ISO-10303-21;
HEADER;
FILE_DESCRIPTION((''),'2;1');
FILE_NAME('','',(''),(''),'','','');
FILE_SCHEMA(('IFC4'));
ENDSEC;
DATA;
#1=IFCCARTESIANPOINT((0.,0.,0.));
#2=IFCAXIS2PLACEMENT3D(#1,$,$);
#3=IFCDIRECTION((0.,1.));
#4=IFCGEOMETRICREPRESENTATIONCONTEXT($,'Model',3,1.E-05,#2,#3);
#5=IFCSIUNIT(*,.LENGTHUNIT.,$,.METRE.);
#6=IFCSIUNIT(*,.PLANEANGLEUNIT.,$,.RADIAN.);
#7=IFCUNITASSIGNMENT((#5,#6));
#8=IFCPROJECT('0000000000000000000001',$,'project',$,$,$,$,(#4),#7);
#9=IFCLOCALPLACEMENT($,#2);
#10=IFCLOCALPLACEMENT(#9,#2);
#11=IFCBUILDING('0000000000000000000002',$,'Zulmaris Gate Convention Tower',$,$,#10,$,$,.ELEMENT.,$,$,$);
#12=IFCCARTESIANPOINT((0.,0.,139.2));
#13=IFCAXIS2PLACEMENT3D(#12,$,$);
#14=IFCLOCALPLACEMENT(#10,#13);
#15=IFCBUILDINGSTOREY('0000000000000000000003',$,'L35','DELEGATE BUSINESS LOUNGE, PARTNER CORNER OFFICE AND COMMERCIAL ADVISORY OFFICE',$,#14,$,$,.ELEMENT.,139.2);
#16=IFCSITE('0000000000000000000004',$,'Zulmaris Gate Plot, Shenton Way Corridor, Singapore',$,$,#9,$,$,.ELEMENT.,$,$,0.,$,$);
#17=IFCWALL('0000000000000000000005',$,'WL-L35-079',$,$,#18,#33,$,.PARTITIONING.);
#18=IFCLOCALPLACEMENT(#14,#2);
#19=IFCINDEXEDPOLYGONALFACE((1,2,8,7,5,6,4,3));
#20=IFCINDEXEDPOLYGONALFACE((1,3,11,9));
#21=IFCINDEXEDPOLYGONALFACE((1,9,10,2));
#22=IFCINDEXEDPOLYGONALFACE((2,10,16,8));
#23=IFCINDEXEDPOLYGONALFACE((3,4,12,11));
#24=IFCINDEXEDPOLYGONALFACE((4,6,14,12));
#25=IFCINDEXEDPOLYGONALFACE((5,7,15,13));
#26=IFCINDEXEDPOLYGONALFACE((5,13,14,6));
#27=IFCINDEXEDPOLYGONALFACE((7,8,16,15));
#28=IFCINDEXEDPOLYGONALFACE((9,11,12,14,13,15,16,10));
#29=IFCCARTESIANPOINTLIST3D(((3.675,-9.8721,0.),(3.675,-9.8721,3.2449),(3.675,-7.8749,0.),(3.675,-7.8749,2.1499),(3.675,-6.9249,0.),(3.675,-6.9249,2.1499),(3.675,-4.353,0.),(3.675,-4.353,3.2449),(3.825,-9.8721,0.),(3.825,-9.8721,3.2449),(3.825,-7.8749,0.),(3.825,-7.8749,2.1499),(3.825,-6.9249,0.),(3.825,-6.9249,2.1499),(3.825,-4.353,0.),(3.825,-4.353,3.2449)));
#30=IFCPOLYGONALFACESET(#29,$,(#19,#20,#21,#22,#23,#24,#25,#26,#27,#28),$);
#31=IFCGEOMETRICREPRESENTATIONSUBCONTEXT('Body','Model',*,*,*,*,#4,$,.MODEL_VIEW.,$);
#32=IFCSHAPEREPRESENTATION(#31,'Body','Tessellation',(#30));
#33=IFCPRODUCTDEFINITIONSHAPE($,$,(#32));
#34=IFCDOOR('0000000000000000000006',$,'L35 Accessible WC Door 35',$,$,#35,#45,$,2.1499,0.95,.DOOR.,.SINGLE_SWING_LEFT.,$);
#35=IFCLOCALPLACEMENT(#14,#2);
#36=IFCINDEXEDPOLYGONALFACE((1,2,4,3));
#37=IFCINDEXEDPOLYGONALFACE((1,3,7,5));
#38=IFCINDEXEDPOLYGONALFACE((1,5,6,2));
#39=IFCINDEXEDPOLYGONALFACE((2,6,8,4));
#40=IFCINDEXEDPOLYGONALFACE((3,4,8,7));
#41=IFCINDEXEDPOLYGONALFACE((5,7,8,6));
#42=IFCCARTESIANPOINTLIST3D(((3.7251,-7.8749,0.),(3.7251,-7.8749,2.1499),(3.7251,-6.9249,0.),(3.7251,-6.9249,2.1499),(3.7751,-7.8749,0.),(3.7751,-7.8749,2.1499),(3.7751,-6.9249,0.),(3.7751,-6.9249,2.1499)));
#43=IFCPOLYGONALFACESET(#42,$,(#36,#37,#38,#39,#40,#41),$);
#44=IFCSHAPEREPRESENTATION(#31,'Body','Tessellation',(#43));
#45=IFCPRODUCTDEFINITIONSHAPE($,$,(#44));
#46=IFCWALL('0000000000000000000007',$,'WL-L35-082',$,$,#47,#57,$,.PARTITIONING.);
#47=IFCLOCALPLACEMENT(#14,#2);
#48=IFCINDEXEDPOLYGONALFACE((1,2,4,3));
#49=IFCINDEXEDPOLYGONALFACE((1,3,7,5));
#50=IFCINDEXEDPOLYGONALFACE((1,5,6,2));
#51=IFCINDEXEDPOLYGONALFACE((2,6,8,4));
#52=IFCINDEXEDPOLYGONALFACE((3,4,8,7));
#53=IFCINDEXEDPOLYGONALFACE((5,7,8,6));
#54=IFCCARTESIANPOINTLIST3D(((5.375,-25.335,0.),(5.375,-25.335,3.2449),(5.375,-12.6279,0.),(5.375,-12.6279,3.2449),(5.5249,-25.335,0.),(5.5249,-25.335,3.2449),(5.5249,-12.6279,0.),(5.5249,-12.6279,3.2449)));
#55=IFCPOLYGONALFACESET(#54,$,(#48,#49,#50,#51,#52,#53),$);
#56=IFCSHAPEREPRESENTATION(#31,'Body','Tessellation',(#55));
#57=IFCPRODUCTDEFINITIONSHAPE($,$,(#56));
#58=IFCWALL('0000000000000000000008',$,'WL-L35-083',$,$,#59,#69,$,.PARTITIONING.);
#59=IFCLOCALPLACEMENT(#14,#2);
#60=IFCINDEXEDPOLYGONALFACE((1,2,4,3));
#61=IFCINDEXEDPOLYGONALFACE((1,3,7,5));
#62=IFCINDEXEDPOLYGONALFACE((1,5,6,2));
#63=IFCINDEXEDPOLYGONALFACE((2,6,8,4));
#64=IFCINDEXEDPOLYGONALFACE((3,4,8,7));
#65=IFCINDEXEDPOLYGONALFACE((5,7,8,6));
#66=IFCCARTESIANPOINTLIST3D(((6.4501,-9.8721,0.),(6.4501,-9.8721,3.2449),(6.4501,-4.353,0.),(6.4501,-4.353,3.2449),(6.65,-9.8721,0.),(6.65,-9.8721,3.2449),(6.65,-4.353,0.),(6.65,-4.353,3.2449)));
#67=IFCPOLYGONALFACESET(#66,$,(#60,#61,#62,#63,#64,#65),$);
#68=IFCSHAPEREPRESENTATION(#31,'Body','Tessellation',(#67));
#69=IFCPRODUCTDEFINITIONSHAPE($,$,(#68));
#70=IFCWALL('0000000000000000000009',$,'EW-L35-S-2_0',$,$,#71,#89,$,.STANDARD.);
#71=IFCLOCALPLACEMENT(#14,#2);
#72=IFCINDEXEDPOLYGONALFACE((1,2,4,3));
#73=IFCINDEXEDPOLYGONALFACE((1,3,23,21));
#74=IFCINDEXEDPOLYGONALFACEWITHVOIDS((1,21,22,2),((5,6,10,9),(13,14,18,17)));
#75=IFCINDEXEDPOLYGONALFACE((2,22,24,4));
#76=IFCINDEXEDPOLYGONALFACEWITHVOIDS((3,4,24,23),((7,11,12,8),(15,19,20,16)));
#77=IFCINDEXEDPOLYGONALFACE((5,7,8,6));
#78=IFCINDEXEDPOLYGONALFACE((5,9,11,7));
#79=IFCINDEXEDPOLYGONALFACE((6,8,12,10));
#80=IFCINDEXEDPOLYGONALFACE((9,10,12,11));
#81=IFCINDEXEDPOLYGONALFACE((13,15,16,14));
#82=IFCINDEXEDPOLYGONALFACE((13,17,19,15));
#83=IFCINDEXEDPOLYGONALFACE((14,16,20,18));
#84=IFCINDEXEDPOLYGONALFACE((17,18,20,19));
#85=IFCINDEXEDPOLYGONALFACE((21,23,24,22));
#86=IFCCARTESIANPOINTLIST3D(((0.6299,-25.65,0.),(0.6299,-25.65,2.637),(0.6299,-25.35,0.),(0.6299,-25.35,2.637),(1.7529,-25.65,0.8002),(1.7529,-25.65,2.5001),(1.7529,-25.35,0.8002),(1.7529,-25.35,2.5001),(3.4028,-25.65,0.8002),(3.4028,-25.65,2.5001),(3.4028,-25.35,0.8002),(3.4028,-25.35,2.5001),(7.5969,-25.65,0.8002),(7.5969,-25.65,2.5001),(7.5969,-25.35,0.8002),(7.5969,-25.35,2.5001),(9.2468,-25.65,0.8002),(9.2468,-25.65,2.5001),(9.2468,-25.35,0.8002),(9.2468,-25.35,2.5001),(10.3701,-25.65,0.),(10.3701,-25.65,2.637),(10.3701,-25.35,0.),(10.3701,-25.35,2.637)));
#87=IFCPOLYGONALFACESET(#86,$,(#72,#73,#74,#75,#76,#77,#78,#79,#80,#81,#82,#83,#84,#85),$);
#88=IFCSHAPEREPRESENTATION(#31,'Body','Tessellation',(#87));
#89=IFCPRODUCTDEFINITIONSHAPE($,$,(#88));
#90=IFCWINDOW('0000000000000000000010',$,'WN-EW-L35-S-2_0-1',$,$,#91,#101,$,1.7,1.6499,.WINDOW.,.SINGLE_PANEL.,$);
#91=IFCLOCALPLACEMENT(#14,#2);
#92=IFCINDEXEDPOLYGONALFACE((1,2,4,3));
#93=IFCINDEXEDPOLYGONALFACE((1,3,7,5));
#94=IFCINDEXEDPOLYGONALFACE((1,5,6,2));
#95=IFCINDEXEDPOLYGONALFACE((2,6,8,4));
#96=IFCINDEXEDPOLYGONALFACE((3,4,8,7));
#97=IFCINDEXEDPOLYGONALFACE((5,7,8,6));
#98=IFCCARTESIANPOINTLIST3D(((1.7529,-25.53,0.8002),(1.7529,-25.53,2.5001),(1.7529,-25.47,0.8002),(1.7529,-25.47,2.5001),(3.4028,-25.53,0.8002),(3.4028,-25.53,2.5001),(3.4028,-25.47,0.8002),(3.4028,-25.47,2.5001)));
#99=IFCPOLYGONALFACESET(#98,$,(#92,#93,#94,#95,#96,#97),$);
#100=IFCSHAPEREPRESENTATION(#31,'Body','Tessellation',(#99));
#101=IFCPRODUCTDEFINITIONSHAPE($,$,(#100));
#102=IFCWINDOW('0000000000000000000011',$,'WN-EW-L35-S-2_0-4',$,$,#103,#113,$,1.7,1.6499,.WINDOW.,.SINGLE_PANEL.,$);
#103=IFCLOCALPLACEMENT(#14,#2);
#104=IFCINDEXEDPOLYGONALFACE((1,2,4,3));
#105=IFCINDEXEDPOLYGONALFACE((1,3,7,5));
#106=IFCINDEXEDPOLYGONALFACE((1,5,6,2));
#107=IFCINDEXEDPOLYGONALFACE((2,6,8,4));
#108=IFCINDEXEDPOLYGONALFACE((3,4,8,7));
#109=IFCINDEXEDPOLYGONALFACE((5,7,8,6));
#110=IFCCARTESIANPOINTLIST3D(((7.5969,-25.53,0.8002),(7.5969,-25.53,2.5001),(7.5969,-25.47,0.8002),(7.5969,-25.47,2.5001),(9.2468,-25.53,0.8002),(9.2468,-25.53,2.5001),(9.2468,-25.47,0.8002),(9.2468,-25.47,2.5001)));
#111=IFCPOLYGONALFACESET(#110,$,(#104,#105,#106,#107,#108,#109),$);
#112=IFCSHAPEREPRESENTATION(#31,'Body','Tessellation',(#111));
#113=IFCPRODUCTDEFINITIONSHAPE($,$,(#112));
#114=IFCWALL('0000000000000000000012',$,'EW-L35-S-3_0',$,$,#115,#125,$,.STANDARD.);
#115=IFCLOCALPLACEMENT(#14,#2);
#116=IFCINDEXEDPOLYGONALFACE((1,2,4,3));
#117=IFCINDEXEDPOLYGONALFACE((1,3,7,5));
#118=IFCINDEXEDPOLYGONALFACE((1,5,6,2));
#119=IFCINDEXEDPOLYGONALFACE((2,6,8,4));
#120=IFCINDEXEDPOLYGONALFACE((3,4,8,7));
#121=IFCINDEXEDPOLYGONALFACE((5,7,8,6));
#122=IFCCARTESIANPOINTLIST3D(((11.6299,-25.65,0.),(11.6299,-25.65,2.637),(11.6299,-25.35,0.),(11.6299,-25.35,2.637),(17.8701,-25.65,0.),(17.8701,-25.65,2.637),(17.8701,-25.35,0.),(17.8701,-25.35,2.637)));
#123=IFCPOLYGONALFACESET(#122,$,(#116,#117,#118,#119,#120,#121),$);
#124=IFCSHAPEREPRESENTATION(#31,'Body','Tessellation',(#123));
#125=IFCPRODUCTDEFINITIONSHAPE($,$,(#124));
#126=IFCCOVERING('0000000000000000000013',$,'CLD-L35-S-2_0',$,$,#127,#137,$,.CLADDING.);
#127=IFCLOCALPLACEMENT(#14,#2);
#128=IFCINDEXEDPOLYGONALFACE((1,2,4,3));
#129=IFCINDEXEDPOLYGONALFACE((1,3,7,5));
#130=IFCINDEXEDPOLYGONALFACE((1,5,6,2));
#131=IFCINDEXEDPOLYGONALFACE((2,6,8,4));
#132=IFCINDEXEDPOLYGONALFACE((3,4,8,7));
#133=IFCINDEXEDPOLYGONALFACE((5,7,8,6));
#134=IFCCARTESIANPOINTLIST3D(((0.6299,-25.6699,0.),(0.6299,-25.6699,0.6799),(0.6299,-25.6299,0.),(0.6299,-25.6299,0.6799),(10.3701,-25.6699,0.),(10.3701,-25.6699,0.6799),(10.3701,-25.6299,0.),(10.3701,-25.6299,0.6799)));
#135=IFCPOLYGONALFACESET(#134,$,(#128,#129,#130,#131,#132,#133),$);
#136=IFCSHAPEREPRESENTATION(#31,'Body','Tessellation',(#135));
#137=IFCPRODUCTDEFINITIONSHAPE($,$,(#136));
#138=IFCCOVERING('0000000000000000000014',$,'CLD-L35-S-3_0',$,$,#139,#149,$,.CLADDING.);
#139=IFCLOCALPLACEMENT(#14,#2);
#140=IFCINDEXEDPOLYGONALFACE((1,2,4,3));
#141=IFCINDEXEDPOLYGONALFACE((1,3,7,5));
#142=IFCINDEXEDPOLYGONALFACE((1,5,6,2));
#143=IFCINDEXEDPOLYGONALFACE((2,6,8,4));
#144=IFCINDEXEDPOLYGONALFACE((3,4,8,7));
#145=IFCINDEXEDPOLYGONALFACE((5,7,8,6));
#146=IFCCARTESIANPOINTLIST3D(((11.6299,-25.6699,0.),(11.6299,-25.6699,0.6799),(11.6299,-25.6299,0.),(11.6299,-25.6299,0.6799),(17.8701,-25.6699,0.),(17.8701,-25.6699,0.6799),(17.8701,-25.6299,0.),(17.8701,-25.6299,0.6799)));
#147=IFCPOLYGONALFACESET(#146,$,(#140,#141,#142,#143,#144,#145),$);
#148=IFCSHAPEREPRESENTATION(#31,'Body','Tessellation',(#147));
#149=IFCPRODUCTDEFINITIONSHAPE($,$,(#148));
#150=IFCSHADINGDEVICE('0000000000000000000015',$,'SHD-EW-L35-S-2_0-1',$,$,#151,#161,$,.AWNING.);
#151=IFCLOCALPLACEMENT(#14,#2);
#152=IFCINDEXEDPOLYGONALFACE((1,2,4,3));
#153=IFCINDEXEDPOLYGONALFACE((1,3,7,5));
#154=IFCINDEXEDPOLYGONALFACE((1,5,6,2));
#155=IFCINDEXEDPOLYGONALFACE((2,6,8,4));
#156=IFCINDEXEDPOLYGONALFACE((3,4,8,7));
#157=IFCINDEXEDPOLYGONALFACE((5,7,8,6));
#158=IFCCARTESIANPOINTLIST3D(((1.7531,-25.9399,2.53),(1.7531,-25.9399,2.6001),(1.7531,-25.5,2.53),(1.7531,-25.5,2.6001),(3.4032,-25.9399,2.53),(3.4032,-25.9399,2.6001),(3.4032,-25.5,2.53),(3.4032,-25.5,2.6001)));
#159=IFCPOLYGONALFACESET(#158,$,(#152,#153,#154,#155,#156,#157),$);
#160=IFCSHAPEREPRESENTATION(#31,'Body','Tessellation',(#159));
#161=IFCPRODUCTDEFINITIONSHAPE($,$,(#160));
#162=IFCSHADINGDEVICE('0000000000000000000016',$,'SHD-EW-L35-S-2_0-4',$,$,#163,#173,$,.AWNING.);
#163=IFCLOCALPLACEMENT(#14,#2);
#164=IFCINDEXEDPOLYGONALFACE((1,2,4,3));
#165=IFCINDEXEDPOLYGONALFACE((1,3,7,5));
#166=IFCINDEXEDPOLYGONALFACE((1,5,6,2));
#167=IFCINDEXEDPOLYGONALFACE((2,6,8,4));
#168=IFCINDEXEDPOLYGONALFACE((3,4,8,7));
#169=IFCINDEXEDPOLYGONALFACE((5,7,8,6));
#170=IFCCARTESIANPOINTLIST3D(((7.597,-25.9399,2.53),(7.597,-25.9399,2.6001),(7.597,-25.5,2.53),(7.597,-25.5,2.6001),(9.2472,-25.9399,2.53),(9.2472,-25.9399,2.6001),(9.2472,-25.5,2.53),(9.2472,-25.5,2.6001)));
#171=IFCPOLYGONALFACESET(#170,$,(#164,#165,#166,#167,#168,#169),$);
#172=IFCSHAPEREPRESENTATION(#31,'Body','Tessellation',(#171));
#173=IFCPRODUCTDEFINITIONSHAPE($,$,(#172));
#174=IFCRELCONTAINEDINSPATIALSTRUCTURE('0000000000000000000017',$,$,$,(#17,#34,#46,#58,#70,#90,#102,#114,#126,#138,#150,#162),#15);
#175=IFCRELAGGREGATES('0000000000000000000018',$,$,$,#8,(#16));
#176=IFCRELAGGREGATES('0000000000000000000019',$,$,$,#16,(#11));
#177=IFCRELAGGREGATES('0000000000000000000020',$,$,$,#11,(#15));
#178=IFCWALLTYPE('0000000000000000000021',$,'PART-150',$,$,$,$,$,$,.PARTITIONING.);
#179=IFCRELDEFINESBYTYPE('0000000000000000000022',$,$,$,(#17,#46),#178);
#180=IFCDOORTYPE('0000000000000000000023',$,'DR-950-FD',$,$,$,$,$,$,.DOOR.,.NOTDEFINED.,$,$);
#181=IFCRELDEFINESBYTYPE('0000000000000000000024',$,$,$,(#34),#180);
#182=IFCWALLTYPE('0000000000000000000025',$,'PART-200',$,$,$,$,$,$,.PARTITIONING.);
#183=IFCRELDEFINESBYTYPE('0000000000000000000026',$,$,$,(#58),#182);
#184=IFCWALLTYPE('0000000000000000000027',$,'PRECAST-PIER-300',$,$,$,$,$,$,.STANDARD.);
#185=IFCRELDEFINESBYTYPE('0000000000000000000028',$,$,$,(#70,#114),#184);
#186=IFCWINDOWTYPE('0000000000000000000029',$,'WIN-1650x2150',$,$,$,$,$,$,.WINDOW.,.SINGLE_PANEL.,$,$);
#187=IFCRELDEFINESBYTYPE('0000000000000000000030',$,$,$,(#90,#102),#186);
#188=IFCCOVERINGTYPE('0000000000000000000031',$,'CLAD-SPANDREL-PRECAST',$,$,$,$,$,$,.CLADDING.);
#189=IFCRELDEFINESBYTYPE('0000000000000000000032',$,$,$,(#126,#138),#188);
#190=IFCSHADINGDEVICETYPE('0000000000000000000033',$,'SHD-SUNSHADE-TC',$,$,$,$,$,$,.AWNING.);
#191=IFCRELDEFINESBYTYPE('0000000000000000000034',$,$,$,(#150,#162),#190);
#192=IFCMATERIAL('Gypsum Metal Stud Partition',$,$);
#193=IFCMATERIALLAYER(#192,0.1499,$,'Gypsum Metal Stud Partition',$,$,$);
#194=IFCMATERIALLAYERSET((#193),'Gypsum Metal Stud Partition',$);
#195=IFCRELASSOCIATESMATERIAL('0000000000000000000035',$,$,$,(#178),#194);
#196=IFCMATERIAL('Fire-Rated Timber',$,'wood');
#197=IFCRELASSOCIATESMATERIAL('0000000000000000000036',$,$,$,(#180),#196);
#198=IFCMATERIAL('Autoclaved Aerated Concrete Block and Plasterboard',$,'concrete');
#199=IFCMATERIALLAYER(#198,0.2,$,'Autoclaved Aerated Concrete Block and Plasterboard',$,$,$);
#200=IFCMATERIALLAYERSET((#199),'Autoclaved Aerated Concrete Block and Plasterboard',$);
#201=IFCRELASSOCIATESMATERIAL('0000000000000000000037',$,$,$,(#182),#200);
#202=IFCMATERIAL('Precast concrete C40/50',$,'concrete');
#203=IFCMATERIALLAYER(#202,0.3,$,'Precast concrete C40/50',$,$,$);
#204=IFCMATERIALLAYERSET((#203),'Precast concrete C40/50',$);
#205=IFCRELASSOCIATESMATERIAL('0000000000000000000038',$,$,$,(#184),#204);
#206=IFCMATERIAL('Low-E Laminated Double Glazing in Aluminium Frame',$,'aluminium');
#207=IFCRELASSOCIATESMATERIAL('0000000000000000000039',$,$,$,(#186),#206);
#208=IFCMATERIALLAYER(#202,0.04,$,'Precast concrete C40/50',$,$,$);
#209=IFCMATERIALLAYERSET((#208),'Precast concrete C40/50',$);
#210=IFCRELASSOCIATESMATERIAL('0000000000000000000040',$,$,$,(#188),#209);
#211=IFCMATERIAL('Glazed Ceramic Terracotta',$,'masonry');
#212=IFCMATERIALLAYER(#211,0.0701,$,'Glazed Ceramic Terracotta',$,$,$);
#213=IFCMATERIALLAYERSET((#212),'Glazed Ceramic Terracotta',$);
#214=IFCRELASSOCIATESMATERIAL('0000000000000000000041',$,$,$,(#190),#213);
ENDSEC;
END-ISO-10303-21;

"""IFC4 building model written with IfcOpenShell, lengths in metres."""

from ifc_helpers import new_model, si_unit, direction, frame, frame_2d, origin, place, context, subcontext, project, spatial, rectangle, extrude, material, layer, layer_set, type_object, element, fill, save


model = new_model("IFC4")

# Units and contexts
model_context = context("Model", 3, precision=1e-05, world=origin(), true_north=direction((0.0, 1.0)))
body_context = subcontext(model_context, "Body", "Model", "MODEL_VIEW")
ifc_project = project(units=[si_unit("LENGTHUNIT", "METRE"), si_unit("PLANEANGLEUNIT", "RADIAN")], contexts=[model_context])

# Site, building, storey
site_placement = place(None, origin())
site = spatial("IfcSite", under=ifc_project, at=site_placement, Name="Zulmaris Gate Plot, Shenton Way Corridor, Singapore", CompositionType="ELEMENT", RefElevation=0.0)
building_placement = place(site_placement, origin())
building = spatial("IfcBuilding", under=site, at=building_placement, Name="Zulmaris Gate Convention Tower", CompositionType="ELEMENT")
storey_placement = place(building_placement, frame((0.0, 0.0, 139.2)))
storey = spatial("IfcBuildingStorey", under=building, at=storey_placement, Name="L35", Description="DELEGATE BUSINESS LOUNGE, PARTNER CORNER OFFICE AND COMMERCIAL ADVISORY OFFICE", CompositionType="ELEMENT", Elevation=139.2)

# Shared definitions
ifc_material_1 = material(Name="Gypsum Metal Stud Partition")
ifc_layer_1 = layer(ifc_material_1, 0.1499, Name="Gypsum Metal Stud Partition")
ifc_layer_set_1 = layer_set([ifc_layer_1], Name="Gypsum Metal Stud Partition")
wall_type_1 = type_object("IfcWallType", Name="PART-150", PredefinedType="PARTITIONING", material=ifc_layer_set_1)

# Wall, opening, door
wall_1_placement = place(storey_placement, frame((3.75, -9.8721, 0.0), z_axis=(0.0, 0.0, 1.0), x_axis=(0.0, 1.0, 0.0)))
wall_1 = element("IfcWall", 1, at=wall_1_placement, inside=storey, type_object=wall_type_1, Name="WL-L35-079", PredefinedType="PARTITIONING", context=body_context, shape_type="SweptSolid", body=[
    extrude(rectangle(XDim=5.519, YDim=0.1499, at=frame_2d((2.7595, 0.0))), origin(), (0.0, 0.0, 1.0), 3.2449),
])
opening_1_placement = place(wall_1_placement, frame((1.9971, 0.0, 0.0)))
opening_1 = element("IfcOpeningElement", 2, at=opening_1_placement, cuts=wall_1, PredefinedType="OPENING", context=body_context, shape_type="SweptSolid", body=[
    extrude(rectangle(XDim=0.95, YDim=2.1499, at=frame_2d((0.4751, 1.075))), frame((0.0, 0.085, 0.0), z_axis=(0.0, -1.0, 0.0), x_axis=(1.0, 0.0, 0.0)), (0.0, 0.0, 1.0), 0.1699),
])
ifc_material_2 = material(Name="Fire-Rated Timber", Category="wood")
door_type_1 = type_object("IfcDoorType", Name="DR-950-FD", OperationType="NOTDEFINED", PredefinedType="DOOR", material=ifc_material_2)
door_1_placement = place(opening_1_placement, origin())
door_1 = element("IfcDoor", 3, at=door_1_placement, inside=storey, type_object=door_type_1, Name="L35 Accessible WC Door 35", OperationType="SINGLE_SWING_LEFT", OverallHeight=2.1499, OverallWidth=0.95, PredefinedType="DOOR", context=body_context, shape_type="SweptSolid", body=[
    extrude(rectangle(XDim=0.95, YDim=2.1499, at=frame_2d((0.4751, 1.075))), frame((0.0, 0.0249, 0.0), z_axis=(0.0, -1.0, 0.0), x_axis=(1.0, 0.0, 0.0)), (0.0, 0.0, 1.0), 0.05),
])
fill(opening_1, door_1)

# Walls
wall_2_placement = place(storey_placement, frame((5.45, -25.335, 0.0), z_axis=(0.0, 0.0, 1.0), x_axis=(0.0, 1.0, 0.0)))
element("IfcWall", 4, at=wall_2_placement, inside=storey, type_object=wall_type_1, Name="WL-L35-082", PredefinedType="PARTITIONING", context=body_context, shape_type="SweptSolid", body=[
    extrude(rectangle(XDim=12.707, YDim=0.1499, at=frame_2d((6.3535, 0.0))), origin(), (0.0, 0.0, 1.0), 3.2449),
])
ifc_material_3 = material(Name="Autoclaved Aerated Concrete Block and Plasterboard", Category="concrete")
ifc_layer_2 = layer(ifc_material_3, 0.2, Name="Autoclaved Aerated Concrete Block and Plasterboard")
ifc_layer_set_2 = layer_set([ifc_layer_2], Name="Autoclaved Aerated Concrete Block and Plasterboard")
wall_type_2 = type_object("IfcWallType", Name="PART-200", PredefinedType="PARTITIONING", material=ifc_layer_set_2)
wall_3_placement = place(storey_placement, frame((6.55, -9.8721, 0.0), z_axis=(0.0, 0.0, 1.0), x_axis=(0.0, 1.0, 0.0)))
element("IfcWall", 5, at=wall_3_placement, inside=storey, type_object=wall_type_2, Name="WL-L35-083", PredefinedType="PARTITIONING", context=body_context, shape_type="SweptSolid", body=[
    extrude(rectangle(XDim=5.519, YDim=0.2, at=frame_2d((2.7595, 0.0))), origin(), (0.0, 0.0, 1.0), 3.2449),
])

# Wall, openings, windows
ifc_material_4 = material(Name="Precast concrete C40/50", Category="concrete")
ifc_layer_3 = layer(ifc_material_4, 0.3, Name="Precast concrete C40/50")
ifc_layer_set_3 = layer_set([ifc_layer_3], Name="Precast concrete C40/50")
wall_type_3 = type_object("IfcWallType", Name="PRECAST-PIER-300", PredefinedType="STANDARD", material=ifc_layer_set_3)
wall_4_placement = place(storey_placement, frame((0.6299, -25.5, 0.0), z_axis=(0.0, 0.0, 1.0), x_axis=(1.0, 0.0, 0.0)))
wall_4 = element("IfcWall", 6, at=wall_4_placement, inside=storey, type_object=wall_type_3, Name="EW-L35-S-2_0", PredefinedType="STANDARD", context=body_context, shape_type="SweptSolid", body=[
    extrude(rectangle(XDim=9.7402, YDim=0.3, at=frame_2d((4.8701, 0.0))), origin(), (0.0, 0.0, 1.0), 2.637),
])
opening_2_placement = place(wall_4_placement, frame((1.123, 0.0, 0.8)))
opening_2 = element("IfcOpeningElement", 7, at=opening_2_placement, cuts=wall_4, PredefinedType="OPENING", context=body_context, shape_type="SweptSolid", body=[
    extrude(rectangle(XDim=1.6499, YDim=1.7, at=frame_2d((0.825, 0.8501))), frame((0.0, 0.1602, 0.0), z_axis=(0.0, -1.0, 0.0), x_axis=(1.0, 0.0, 0.0)), (0.0, 0.0, 1.0), 0.3201),
])
opening_3_placement = place(wall_4_placement, frame((6.967, 0.0, 0.8)))
opening_3 = element("IfcOpeningElement", 8, at=opening_3_placement, cuts=wall_4, PredefinedType="OPENING", context=body_context, shape_type="SweptSolid", body=[
    extrude(rectangle(XDim=1.6499, YDim=1.7, at=frame_2d((0.825, 0.8501))), frame((0.0, 0.1602, 0.0), z_axis=(0.0, -1.0, 0.0), x_axis=(1.0, 0.0, 0.0)), (0.0, 0.0, 1.0), 0.3201),
])
ifc_material_5 = material(Name="Low-E Laminated Double Glazing in Aluminium Frame", Category="aluminium")
window_type = type_object("IfcWindowType", Name="WIN-1650x2150", PartitioningType="SINGLE_PANEL", PredefinedType="WINDOW", material=ifc_material_5)
window_1_placement = place(opening_2_placement, origin())
window_1 = element("IfcWindow", 9, at=window_1_placement, inside=storey, type_object=window_type, Name="WN-EW-L35-S-2_0-1", OverallHeight=1.7, OverallWidth=1.6499, PartitioningType="SINGLE_PANEL", PredefinedType="WINDOW", context=body_context, shape_type="SweptSolid", body=[
    extrude(rectangle(XDim=1.6499, YDim=1.7, at=frame_2d((0.825, 0.8501))), frame((0.0, 0.03, 0.0), z_axis=(0.0, -1.0, 0.0), x_axis=(1.0, 0.0, 0.0)), (0.0, 0.0, 1.0), 0.0601),
])
fill(opening_2, window_1)
window_2_placement = place(opening_3_placement, origin())
window_2 = element("IfcWindow", 10, at=window_2_placement, inside=storey, type_object=window_type, Name="WN-EW-L35-S-2_0-4", OverallHeight=1.7, OverallWidth=1.6499, PartitioningType="SINGLE_PANEL", PredefinedType="WINDOW", context=body_context, shape_type="SweptSolid", body=[
    extrude(rectangle(XDim=1.6499, YDim=1.7, at=frame_2d((0.825, 0.8501))), frame((0.0, 0.03, 0.0), z_axis=(0.0, -1.0, 0.0), x_axis=(1.0, 0.0, 0.0)), (0.0, 0.0, 1.0), 0.0601),
])
fill(opening_3, window_2)

# Wall
wall_5_placement = place(storey_placement, frame((11.6299, -25.5, 0.0), z_axis=(0.0, 0.0, 1.0), x_axis=(1.0, 0.0, 0.0)))
element("IfcWall", 11, at=wall_5_placement, inside=storey, type_object=wall_type_3, Name="EW-L35-S-3_0", PredefinedType="STANDARD", context=body_context, shape_type="SweptSolid", body=[
    extrude(rectangle(XDim=6.2402, YDim=0.3, at=frame_2d((3.1201, 0.0))), origin(), (0.0, 0.0, 1.0), 2.637),
])

# Coverings
ifc_layer_4 = layer(ifc_material_4, 0.04, Name="Precast concrete C40/50")
ifc_layer_set_4 = layer_set([ifc_layer_4], Name="Precast concrete C40/50")
covering_type = type_object("IfcCoveringType", Name="CLAD-SPANDREL-PRECAST", PredefinedType="CLADDING", material=ifc_layer_set_4)
covering_1_placement = place(storey_placement, frame((0.6299, -25.6499, 0.0), z_axis=(0.0, 0.0, 1.0), x_axis=(1.0, 0.0, 0.0)))
element("IfcCovering", 12, at=covering_1_placement, inside=storey, type_object=covering_type, Name="CLD-L35-S-2_0", PredefinedType="CLADDING", context=body_context, shape_type="SweptSolid", body=[
    extrude(rectangle(XDim=9.7402, YDim=0.04, at=frame_2d((4.8701, 0.0))), origin(), (0.0, 0.0, 1.0), 0.6799),
])
covering_2_placement = place(storey_placement, frame((11.6299, -25.6499, 0.0), z_axis=(0.0, 0.0, 1.0), x_axis=(1.0, 0.0, 0.0)))
element("IfcCovering", 13, at=covering_2_placement, inside=storey, type_object=covering_type, Name="CLD-L35-S-3_0", PredefinedType="CLADDING", context=body_context, shape_type="SweptSolid", body=[
    extrude(rectangle(XDim=6.2402, YDim=0.04, at=frame_2d((3.1201, 0.0))), origin(), (0.0, 0.0, 1.0), 0.6799),
])

# Shading devices
ifc_material_6 = material(Name="Glazed Ceramic Terracotta", Category="masonry")
ifc_layer_5 = layer(ifc_material_6, 0.0701, Name="Glazed Ceramic Terracotta")
ifc_layer_set_5 = layer_set([ifc_layer_5], Name="Glazed Ceramic Terracotta")
shading_device_type = type_object("IfcShadingDeviceType", Name="SHD-SUNSHADE-TC", PredefinedType="AWNING", material=ifc_layer_set_5)
for number, where, z_axis, x_axis, name in (
    (14, (1.7529, -25.72, 2.53), (0.0, 0.0, 1.0), (1.0, 0.0, 0.0), "SHD-EW-L35-S-2_0-1"),
    (15, (7.5969, -25.72, 2.53), (0.0, 0.0, 1.0), (1.0, 0.0, 0.0), "SHD-EW-L35-S-2_0-4"),
):
    element("IfcShadingDevice", number, at=place(storey_placement, frame(where, z_axis=z_axis, x_axis=x_axis)), inside=storey, type_object=shading_device_type, Name=name, PredefinedType="AWNING", context=body_context, shape_type="SweptSolid", body=[
        extrude(rectangle(XDim=1.6501, YDim=0.4399, at=frame_2d((0.8252, 0.0))), origin(), (0.0, 0.0, 1.0), 0.0701),
    ])

save(model, "model.ifc")
